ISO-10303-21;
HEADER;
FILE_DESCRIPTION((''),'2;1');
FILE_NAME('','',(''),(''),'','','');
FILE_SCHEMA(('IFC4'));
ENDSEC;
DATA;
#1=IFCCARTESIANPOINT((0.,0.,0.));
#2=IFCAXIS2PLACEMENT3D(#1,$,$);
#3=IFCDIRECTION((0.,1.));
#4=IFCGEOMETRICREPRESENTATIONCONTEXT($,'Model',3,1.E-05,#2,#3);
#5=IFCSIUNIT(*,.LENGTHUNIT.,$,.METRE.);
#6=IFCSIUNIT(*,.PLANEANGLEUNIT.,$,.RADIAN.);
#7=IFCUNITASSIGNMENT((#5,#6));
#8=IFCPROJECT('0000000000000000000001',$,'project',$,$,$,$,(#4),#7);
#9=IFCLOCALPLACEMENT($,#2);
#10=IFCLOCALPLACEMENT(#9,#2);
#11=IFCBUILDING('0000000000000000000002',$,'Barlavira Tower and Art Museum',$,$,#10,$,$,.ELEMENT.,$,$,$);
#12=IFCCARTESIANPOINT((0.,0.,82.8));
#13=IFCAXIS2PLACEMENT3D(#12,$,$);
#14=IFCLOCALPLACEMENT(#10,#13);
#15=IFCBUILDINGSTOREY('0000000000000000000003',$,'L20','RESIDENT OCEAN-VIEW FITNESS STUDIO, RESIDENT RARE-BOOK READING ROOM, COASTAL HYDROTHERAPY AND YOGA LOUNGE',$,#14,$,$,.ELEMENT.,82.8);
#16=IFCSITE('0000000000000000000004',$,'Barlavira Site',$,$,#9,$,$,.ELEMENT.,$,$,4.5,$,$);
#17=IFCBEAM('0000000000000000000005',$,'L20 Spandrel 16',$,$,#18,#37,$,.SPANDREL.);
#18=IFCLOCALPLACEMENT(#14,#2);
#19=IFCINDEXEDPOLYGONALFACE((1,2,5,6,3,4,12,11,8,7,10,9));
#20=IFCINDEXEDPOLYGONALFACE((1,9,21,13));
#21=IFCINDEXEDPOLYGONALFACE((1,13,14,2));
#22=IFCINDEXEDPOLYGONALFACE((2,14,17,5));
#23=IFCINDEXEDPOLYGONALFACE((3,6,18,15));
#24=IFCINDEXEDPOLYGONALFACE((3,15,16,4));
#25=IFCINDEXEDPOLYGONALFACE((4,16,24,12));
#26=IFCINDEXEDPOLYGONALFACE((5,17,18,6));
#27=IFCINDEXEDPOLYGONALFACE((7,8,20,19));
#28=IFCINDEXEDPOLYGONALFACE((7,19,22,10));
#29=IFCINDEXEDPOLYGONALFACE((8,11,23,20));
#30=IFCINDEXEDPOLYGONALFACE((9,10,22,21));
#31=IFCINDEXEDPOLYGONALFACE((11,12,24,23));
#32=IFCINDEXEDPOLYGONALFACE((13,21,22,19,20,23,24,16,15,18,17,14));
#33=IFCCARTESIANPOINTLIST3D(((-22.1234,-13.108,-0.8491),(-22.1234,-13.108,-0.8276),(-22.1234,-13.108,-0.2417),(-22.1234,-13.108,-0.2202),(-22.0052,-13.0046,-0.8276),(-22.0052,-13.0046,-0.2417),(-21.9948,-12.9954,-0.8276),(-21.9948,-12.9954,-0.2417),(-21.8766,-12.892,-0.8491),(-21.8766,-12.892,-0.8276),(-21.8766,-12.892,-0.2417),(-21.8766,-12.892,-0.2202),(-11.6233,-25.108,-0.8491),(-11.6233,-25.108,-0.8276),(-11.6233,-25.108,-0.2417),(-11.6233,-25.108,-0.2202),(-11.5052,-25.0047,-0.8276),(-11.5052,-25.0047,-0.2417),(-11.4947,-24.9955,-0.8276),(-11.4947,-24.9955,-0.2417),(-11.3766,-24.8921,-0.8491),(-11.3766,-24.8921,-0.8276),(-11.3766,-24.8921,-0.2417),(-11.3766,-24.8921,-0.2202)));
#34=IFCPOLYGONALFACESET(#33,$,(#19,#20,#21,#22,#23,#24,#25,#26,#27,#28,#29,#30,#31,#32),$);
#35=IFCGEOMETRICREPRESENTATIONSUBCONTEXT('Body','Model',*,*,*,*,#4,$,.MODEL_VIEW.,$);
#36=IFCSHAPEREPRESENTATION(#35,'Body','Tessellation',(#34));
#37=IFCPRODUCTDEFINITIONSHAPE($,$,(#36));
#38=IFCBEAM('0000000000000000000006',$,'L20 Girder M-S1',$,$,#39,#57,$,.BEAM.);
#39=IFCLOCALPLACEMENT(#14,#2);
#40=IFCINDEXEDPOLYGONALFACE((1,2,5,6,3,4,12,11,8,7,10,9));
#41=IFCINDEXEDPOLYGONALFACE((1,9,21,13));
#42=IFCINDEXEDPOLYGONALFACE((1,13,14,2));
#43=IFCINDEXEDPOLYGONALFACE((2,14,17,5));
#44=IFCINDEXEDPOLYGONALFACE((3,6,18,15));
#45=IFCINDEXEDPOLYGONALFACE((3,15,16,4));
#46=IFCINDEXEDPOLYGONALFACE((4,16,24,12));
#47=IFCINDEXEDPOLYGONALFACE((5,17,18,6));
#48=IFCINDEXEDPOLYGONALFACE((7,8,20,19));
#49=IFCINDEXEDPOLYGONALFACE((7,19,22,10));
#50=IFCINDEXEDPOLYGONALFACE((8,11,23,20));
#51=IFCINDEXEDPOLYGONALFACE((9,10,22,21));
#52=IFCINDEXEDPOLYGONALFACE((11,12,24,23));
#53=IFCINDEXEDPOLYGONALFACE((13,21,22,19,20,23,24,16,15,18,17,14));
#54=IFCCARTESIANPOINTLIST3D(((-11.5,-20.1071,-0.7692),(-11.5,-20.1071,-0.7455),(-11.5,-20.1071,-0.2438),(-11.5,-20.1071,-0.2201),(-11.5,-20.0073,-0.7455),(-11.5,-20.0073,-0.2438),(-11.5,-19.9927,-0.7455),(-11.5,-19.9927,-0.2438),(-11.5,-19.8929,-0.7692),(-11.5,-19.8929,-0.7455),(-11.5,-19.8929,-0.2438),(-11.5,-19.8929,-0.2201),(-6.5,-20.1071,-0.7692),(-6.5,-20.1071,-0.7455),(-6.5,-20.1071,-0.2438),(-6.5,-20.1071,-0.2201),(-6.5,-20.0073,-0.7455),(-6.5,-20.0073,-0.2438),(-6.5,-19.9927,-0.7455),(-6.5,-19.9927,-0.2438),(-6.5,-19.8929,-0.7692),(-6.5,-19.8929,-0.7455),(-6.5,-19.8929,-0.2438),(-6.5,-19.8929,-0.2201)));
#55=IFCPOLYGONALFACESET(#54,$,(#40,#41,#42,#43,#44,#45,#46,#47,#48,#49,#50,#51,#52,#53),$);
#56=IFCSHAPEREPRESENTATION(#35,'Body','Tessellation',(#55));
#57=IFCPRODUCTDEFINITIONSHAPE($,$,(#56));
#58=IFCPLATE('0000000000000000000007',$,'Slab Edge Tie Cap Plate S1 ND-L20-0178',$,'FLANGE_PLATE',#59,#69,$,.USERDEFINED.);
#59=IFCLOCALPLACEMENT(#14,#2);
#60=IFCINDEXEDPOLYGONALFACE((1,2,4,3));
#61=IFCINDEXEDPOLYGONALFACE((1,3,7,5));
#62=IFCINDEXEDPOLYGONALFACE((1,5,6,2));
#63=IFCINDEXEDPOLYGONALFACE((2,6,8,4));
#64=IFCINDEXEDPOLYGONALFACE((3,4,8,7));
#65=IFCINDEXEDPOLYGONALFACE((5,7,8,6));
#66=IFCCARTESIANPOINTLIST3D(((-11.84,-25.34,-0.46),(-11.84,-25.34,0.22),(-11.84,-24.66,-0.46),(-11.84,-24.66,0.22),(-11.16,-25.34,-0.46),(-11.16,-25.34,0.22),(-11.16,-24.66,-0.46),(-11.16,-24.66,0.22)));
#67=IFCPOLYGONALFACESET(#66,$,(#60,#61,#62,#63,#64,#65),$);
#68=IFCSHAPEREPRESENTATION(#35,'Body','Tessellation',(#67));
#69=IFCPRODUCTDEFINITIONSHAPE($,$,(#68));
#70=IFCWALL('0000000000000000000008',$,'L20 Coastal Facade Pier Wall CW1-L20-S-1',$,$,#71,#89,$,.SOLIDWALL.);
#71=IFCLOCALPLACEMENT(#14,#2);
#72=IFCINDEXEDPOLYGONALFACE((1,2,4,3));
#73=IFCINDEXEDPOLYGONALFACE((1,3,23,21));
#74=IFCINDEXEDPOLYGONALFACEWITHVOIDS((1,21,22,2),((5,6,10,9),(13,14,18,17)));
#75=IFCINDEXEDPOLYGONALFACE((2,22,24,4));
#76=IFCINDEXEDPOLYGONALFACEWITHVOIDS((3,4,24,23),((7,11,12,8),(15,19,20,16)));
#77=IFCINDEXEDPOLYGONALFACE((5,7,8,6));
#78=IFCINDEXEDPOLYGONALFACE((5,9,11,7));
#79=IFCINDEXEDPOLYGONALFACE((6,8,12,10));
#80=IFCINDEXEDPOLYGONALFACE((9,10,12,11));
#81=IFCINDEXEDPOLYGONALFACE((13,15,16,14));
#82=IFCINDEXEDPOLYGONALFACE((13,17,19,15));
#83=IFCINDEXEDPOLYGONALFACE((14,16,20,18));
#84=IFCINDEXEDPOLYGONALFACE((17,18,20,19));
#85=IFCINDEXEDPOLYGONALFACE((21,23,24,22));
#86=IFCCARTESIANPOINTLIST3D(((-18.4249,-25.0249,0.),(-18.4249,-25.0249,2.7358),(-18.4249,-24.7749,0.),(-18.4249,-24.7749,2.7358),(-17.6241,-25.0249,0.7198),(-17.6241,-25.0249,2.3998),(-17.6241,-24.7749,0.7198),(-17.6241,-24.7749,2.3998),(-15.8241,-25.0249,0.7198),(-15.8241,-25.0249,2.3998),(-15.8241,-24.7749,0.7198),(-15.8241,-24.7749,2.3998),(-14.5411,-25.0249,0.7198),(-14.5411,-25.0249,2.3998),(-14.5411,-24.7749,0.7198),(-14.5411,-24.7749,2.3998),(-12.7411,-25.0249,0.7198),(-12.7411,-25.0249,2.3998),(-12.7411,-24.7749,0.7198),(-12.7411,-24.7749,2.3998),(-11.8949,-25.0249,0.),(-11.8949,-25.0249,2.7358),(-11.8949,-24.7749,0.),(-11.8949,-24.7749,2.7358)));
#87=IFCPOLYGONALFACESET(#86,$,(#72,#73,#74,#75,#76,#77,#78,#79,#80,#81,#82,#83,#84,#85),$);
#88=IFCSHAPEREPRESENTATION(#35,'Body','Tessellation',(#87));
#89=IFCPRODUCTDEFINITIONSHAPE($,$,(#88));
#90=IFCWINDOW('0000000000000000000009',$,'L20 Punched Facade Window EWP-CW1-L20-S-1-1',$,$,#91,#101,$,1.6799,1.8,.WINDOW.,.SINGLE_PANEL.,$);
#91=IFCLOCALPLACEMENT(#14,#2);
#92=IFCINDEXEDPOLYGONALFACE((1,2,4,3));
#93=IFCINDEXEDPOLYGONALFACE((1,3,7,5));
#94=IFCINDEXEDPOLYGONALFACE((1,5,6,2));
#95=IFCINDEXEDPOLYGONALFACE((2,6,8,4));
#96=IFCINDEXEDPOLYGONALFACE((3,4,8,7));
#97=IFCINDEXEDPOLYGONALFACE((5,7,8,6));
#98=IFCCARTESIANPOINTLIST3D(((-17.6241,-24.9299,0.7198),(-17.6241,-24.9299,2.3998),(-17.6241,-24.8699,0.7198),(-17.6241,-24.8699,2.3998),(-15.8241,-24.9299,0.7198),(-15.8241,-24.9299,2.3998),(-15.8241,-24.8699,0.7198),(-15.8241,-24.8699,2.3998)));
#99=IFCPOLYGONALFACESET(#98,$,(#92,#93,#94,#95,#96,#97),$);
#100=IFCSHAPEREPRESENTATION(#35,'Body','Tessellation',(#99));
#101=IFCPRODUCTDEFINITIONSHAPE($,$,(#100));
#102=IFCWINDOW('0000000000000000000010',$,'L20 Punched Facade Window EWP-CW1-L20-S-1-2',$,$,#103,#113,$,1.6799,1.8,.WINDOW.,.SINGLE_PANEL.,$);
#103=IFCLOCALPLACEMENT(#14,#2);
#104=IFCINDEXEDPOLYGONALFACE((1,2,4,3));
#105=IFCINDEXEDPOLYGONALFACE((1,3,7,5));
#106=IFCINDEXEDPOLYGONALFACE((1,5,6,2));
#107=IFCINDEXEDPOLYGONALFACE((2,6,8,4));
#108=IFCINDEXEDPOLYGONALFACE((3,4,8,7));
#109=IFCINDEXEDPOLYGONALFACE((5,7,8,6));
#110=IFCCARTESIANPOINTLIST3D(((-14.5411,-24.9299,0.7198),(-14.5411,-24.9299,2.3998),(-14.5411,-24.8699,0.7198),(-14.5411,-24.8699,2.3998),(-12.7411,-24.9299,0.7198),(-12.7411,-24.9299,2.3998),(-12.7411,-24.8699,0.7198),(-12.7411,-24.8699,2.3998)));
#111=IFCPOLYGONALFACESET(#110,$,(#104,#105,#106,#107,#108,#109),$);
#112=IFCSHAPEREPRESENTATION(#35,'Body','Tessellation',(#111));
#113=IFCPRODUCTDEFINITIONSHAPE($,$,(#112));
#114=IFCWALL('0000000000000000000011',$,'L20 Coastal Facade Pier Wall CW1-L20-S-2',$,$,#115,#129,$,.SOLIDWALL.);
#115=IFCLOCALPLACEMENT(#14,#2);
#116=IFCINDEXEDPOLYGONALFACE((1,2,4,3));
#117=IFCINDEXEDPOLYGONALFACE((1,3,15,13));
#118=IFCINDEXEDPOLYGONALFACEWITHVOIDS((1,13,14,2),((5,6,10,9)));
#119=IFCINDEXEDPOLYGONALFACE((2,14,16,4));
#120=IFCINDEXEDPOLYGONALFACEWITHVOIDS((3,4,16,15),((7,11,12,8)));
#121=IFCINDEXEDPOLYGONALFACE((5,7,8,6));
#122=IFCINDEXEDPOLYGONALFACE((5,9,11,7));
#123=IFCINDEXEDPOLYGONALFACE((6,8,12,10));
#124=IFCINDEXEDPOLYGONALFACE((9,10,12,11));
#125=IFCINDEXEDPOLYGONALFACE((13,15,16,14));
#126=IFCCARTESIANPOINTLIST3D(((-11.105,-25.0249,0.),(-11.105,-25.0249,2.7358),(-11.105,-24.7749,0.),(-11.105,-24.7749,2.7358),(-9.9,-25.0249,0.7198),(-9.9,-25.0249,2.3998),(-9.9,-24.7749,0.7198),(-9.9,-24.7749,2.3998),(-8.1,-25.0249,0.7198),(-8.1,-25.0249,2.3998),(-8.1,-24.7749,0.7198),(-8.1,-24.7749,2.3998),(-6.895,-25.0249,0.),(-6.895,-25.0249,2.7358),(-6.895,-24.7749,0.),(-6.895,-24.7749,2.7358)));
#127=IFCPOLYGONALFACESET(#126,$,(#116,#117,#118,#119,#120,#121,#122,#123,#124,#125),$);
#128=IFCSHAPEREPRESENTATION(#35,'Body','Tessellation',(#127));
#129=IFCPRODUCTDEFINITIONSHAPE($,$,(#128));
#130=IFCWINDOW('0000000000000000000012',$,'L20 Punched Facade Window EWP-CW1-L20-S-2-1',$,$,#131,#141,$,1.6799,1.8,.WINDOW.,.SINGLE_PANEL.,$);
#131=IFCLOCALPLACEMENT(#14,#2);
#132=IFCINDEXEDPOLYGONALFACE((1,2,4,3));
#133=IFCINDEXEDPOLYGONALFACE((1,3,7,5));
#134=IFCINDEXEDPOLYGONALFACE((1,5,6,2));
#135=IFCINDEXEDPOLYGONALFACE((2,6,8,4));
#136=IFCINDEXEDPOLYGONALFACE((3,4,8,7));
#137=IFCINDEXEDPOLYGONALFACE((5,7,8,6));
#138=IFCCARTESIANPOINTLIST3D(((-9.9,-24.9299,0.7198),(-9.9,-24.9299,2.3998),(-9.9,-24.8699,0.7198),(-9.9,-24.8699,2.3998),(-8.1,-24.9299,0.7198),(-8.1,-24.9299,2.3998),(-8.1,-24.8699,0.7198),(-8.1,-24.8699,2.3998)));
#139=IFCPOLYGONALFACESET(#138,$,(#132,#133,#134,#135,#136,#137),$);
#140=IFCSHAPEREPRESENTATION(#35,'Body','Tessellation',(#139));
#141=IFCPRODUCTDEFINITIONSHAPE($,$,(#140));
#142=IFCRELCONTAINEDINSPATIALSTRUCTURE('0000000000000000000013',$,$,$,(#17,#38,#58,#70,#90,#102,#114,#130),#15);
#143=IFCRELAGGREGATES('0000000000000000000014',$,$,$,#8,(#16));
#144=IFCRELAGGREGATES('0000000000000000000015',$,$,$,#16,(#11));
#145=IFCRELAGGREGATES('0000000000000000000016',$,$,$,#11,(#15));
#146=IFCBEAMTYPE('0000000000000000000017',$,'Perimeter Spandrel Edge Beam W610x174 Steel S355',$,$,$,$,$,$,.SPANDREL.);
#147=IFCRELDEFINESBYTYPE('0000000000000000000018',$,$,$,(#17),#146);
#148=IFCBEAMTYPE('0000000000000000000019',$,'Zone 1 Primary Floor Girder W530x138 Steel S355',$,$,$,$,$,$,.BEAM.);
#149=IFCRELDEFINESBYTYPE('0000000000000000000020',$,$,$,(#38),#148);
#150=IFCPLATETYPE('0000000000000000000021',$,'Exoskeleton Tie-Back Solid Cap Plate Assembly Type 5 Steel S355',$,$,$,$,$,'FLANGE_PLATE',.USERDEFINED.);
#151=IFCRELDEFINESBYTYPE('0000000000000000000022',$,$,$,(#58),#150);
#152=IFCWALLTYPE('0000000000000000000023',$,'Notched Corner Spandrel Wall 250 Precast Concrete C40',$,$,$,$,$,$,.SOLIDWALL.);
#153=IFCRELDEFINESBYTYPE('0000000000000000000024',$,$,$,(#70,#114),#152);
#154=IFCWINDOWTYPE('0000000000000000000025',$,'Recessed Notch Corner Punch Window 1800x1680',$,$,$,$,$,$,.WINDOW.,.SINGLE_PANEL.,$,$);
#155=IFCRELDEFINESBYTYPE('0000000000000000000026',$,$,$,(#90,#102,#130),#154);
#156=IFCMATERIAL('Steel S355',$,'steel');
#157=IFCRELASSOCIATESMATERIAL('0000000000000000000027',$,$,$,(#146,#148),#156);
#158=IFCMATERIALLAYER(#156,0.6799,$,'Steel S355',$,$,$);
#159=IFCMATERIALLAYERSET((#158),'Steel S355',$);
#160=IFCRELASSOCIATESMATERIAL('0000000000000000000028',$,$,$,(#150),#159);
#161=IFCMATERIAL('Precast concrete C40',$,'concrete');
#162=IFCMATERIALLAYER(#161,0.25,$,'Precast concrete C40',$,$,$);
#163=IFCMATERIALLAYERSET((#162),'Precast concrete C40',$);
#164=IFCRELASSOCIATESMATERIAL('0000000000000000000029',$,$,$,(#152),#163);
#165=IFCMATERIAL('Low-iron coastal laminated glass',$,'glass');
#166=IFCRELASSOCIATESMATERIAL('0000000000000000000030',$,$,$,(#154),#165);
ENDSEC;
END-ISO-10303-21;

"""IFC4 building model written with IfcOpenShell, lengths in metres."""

from ifc_helpers import new_model, si_unit, direction, frame, frame_2d, origin, origin_2d, place, context, subcontext, project, spatial, rectangle, i_section, extrude, material, layer, layer_set, material_profile, profile_set, type_object, element, fill, save


model = new_model("IFC4")

# Units and contexts
model_context = context("Model", 3, precision=1e-05, world=origin(), true_north=direction((0.0, 1.0)))
body_context = subcontext(model_context, "Body", "Model", "MODEL_VIEW")
ifc_project = project(units=[si_unit("LENGTHUNIT", "METRE"), si_unit("PLANEANGLEUNIT", "RADIAN")], contexts=[model_context])

# Site, building, storey
site_placement = place(None, origin())
site = spatial("IfcSite", under=ifc_project, at=site_placement, Name="Barlavira Site", CompositionType="ELEMENT", RefElevation=4.5)
building_placement = place(site_placement, origin())
building = spatial("IfcBuilding", under=site, at=building_placement, Name="Barlavira Tower and Art Museum", CompositionType="ELEMENT")
storey_placement = place(building_placement, frame((0.0, 0.0, 82.8)))
storey = spatial("IfcBuildingStorey", under=building, at=storey_placement, Name="L20", Description="RESIDENT OCEAN-VIEW FITNESS STUDIO, RESIDENT RARE-BOOK READING ROOM, COASTAL HYDROTHERAPY AND YOGA LOUNGE", CompositionType="ELEMENT", Elevation=82.8)

# Shared definitions
ifc_material_1 = material(Name="Steel S355", Category="steel")

# Beams
ifc_material_profile_1 = material_profile(ifc_material_1, i_section(OverallWidth=0.3279, OverallDepth=0.6289, WebThickness=0.0139, FlangeThickness=0.0215, at=origin_2d()), Name="W610x174.0")
ifc_profile_set_1 = profile_set([ifc_material_profile_1], Name="Steel S355")
beam_type_1 = type_object("IfcBeamType", Name="Perimeter Spandrel Edge Beam W610x174 Steel S355", PredefinedType="SPANDREL", material=ifc_profile_set_1)
beam_1_placement = place(storey_placement, frame((-22.0, -13.0, -0.5347), z_axis=(0.658505, -0.752577, 0.0), x_axis=(0.752577, 0.658505, 0.0)))
element("IfcBeam", 1, at=beam_1_placement, inside=storey, type_object=beam_type_1, Name="L20 Spandrel 16", PredefinedType="SPANDREL", context=body_context, shape_type="SweptSolid", body=[
    extrude(i_section(OverallWidth=0.3279, OverallDepth=0.6289, WebThickness=0.0139, FlangeThickness=0.0215, at=origin_2d()), origin(), (0.0, 0.0, 1.0), 15.9453),
])
ifc_material_profile_2 = material_profile(ifc_material_1, i_section(OverallWidth=0.2141, OverallDepth=0.5491, WebThickness=0.0146, FlangeThickness=0.0237, at=origin_2d()), Name="W530x138.0")
ifc_profile_set_2 = profile_set([ifc_material_profile_2], Name="Steel S355")
beam_type_2 = type_object("IfcBeamType", Name="Zone 1 Primary Floor Girder W530x138 Steel S355", PredefinedType="BEAM", material=ifc_profile_set_2)
beam_2_placement = place(storey_placement, frame((-11.5, -20.0, -0.4946), z_axis=(1.0, 0.0, 0.0), x_axis=(0.0, 1.0, 0.0)))
element("IfcBeam", 2, at=beam_2_placement, inside=storey, type_object=beam_type_2, Name="L20 Girder M-S1", PredefinedType="BEAM", context=body_context, shape_type="SweptSolid", body=[
    extrude(i_section(OverallWidth=0.2141, OverallDepth=0.5491, WebThickness=0.0146, FlangeThickness=0.0237, at=origin_2d()), origin(), (0.0, 0.0, 1.0), 5.0),
])

# Plate
ifc_layer_1 = layer(ifc_material_1, 0.6799, Name="Steel S355")
ifc_layer_set_1 = layer_set([ifc_layer_1], Name="Steel S355")
plate_type = type_object("IfcPlateType", Name="Exoskeleton Tie-Back Solid Cap Plate Assembly Type 5 Steel S355", ElementType="FLANGE_PLATE", PredefinedType="USERDEFINED", material=ifc_layer_set_1)
plate_placement = place(storey_placement, frame((-11.5, -25.0, -0.46), z_axis=(0.0, 0.0, 1.0), x_axis=(1.0, 0.0, 0.0)))
element("IfcPlate", 3, at=plate_placement, inside=storey, type_object=plate_type, Name="Slab Edge Tie Cap Plate S1 ND-L20-0178", ObjectType="FLANGE_PLATE", PredefinedType="USERDEFINED", context=body_context, shape_type="SweptSolid", body=[
    extrude(rectangle(XDim=0.6799, YDim=0.6799, at=origin_2d()), origin(), (0.0, 0.0, 1.0), 0.6799),
])

# Wall, openings, windows
ifc_material_2 = material(Name="Precast concrete C40", Category="concrete")
ifc_layer_2 = layer(ifc_material_2, 0.25, Name="Precast concrete C40")
ifc_layer_set_2 = layer_set([ifc_layer_2], Name="Precast concrete C40")
wall_type = type_object("IfcWallType", Name="Notched Corner Spandrel Wall 250 Precast Concrete C40", PredefinedType="SOLIDWALL", material=ifc_layer_set_2)
wall_1_placement = place(storey_placement, frame((-18.425, -24.8999, 0.0), z_axis=(0.0, 0.0, 1.0), x_axis=(1.0, 0.0, 0.0)))
wall_1 = element("IfcWall", 4, at=wall_1_placement, inside=storey, type_object=wall_type, Name="L20 Coastal Facade Pier Wall CW1-L20-S-1", PredefinedType="SOLIDWALL", context=body_context, shape_type="SweptSolid", body=[
    extrude(rectangle(XDim=6.53, YDim=0.25, at=frame_2d((3.2651, 0.0))), origin(), (0.0, 0.0, 1.0), 2.7358),
])
opening_1_placement = place(wall_1_placement, frame((0.801, 0.0, 0.72)))
opening_1 = element("IfcOpeningElement", 5, at=opening_1_placement, cuts=wall_1, PredefinedType="OPENING", context=body_context, shape_type="SweptSolid", body=[
    extrude(rectangle(XDim=1.8, YDim=1.6799, at=frame_2d((0.8999, 0.8398))), frame((0.0, 0.135, 0.0), z_axis=(0.0, -1.0, 0.0), x_axis=(1.0, 0.0, 0.0)), (0.0, 0.0, 1.0), 0.27),
])
opening_2_placement = place(wall_1_placement, frame((3.884, 0.0, 0.72)))
opening_2 = element("IfcOpeningElement", 6, at=opening_2_placement, cuts=wall_1, PredefinedType="OPENING", context=body_context, shape_type="SweptSolid", body=[
    extrude(rectangle(XDim=1.8, YDim=1.6799, at=frame_2d((0.8999, 0.8398))), frame((0.0, 0.135, 0.0), z_axis=(0.0, -1.0, 0.0), x_axis=(1.0, 0.0, 0.0)), (0.0, 0.0, 1.0), 0.27),
])
ifc_material_3 = material(Name="Low-iron coastal laminated glass", Category="glass")
window_type = type_object("IfcWindowType", Name="Recessed Notch Corner Punch Window 1800x1680", PartitioningType="SINGLE_PANEL", PredefinedType="WINDOW", material=ifc_material_3)
window_1_placement = place(opening_1_placement, origin())
window_1 = element("IfcWindow", 7, at=window_1_placement, inside=storey, type_object=window_type, Name="L20 Punched Facade Window EWP-CW1-L20-S-1-1", OverallHeight=1.6799, OverallWidth=1.8, PartitioningType="SINGLE_PANEL", PredefinedType="WINDOW", context=body_context, shape_type="SweptSolid", body=[
    extrude(rectangle(XDim=1.8, YDim=1.6799, at=frame_2d((0.8999, 0.8398))), frame((0.0, 0.03, 0.0), z_axis=(0.0, -1.0, 0.0), x_axis=(1.0, 0.0, 0.0)), (0.0, 0.0, 1.0), 0.0601),
])
fill(opening_1, window_1)
window_2_placement = place(opening_2_placement, origin())
window_2 = element("IfcWindow", 8, at=window_2_placement, inside=storey, type_object=window_type, Name="L20 Punched Facade Window EWP-CW1-L20-S-1-2", OverallHeight=1.6799, OverallWidth=1.8, PartitioningType="SINGLE_PANEL", PredefinedType="WINDOW", context=body_context, shape_type="SweptSolid", body=[
    extrude(rectangle(XDim=1.8, YDim=1.6799, at=frame_2d((0.8999, 0.8398))), frame((0.0, 0.03, 0.0), z_axis=(0.0, -1.0, 0.0), x_axis=(1.0, 0.0, 0.0)), (0.0, 0.0, 1.0), 0.0601),
])
fill(opening_2, window_2)

# Wall, opening, window
wall_2_placement = place(storey_placement, frame((-11.105, -24.8999, 0.0), z_axis=(0.0, 0.0, 1.0), x_axis=(1.0, 0.0, 0.0)))
wall_2 = element("IfcWall", 9, at=wall_2_placement, inside=storey, type_object=wall_type, Name="L20 Coastal Facade Pier Wall CW1-L20-S-2", PredefinedType="SOLIDWALL", context=body_context, shape_type="SweptSolid", body=[
    extrude(rectangle(XDim=4.21, YDim=0.25, at=frame_2d((2.105, 0.0))), origin(), (0.0, 0.0, 1.0), 2.7358),
])
opening_3_placement = place(wall_2_placement, frame((1.2051, 0.0, 0.72)))
opening_3 = element("IfcOpeningElement", 10, at=opening_3_placement, cuts=wall_2, PredefinedType="OPENING", context=body_context, shape_type="SweptSolid", body=[
    extrude(rectangle(XDim=1.8, YDim=1.6799, at=frame_2d((0.8999, 0.8398))), frame((0.0, 0.135, 0.0), z_axis=(0.0, -1.0, 0.0), x_axis=(1.0, 0.0, 0.0)), (0.0, 0.0, 1.0), 0.27),
])
window_3_placement = place(opening_3_placement, origin())
window_3 = element("IfcWindow", 11, at=window_3_placement, inside=storey, type_object=window_type, Name="L20 Punched Facade Window EWP-CW1-L20-S-2-1", OverallHeight=1.6799, OverallWidth=1.8, PartitioningType="SINGLE_PANEL", PredefinedType="WINDOW", context=body_context, shape_type="SweptSolid", body=[
    extrude(rectangle(XDim=1.8, YDim=1.6799, at=frame_2d((0.8999, 0.8398))), frame((0.0, 0.03, 0.0), z_axis=(0.0, -1.0, 0.0), x_axis=(1.0, 0.0, 0.0)), (0.0, 0.0, 1.0), 0.0601),
])
fill(opening_3, window_3)

save(model, "model.ifc")
